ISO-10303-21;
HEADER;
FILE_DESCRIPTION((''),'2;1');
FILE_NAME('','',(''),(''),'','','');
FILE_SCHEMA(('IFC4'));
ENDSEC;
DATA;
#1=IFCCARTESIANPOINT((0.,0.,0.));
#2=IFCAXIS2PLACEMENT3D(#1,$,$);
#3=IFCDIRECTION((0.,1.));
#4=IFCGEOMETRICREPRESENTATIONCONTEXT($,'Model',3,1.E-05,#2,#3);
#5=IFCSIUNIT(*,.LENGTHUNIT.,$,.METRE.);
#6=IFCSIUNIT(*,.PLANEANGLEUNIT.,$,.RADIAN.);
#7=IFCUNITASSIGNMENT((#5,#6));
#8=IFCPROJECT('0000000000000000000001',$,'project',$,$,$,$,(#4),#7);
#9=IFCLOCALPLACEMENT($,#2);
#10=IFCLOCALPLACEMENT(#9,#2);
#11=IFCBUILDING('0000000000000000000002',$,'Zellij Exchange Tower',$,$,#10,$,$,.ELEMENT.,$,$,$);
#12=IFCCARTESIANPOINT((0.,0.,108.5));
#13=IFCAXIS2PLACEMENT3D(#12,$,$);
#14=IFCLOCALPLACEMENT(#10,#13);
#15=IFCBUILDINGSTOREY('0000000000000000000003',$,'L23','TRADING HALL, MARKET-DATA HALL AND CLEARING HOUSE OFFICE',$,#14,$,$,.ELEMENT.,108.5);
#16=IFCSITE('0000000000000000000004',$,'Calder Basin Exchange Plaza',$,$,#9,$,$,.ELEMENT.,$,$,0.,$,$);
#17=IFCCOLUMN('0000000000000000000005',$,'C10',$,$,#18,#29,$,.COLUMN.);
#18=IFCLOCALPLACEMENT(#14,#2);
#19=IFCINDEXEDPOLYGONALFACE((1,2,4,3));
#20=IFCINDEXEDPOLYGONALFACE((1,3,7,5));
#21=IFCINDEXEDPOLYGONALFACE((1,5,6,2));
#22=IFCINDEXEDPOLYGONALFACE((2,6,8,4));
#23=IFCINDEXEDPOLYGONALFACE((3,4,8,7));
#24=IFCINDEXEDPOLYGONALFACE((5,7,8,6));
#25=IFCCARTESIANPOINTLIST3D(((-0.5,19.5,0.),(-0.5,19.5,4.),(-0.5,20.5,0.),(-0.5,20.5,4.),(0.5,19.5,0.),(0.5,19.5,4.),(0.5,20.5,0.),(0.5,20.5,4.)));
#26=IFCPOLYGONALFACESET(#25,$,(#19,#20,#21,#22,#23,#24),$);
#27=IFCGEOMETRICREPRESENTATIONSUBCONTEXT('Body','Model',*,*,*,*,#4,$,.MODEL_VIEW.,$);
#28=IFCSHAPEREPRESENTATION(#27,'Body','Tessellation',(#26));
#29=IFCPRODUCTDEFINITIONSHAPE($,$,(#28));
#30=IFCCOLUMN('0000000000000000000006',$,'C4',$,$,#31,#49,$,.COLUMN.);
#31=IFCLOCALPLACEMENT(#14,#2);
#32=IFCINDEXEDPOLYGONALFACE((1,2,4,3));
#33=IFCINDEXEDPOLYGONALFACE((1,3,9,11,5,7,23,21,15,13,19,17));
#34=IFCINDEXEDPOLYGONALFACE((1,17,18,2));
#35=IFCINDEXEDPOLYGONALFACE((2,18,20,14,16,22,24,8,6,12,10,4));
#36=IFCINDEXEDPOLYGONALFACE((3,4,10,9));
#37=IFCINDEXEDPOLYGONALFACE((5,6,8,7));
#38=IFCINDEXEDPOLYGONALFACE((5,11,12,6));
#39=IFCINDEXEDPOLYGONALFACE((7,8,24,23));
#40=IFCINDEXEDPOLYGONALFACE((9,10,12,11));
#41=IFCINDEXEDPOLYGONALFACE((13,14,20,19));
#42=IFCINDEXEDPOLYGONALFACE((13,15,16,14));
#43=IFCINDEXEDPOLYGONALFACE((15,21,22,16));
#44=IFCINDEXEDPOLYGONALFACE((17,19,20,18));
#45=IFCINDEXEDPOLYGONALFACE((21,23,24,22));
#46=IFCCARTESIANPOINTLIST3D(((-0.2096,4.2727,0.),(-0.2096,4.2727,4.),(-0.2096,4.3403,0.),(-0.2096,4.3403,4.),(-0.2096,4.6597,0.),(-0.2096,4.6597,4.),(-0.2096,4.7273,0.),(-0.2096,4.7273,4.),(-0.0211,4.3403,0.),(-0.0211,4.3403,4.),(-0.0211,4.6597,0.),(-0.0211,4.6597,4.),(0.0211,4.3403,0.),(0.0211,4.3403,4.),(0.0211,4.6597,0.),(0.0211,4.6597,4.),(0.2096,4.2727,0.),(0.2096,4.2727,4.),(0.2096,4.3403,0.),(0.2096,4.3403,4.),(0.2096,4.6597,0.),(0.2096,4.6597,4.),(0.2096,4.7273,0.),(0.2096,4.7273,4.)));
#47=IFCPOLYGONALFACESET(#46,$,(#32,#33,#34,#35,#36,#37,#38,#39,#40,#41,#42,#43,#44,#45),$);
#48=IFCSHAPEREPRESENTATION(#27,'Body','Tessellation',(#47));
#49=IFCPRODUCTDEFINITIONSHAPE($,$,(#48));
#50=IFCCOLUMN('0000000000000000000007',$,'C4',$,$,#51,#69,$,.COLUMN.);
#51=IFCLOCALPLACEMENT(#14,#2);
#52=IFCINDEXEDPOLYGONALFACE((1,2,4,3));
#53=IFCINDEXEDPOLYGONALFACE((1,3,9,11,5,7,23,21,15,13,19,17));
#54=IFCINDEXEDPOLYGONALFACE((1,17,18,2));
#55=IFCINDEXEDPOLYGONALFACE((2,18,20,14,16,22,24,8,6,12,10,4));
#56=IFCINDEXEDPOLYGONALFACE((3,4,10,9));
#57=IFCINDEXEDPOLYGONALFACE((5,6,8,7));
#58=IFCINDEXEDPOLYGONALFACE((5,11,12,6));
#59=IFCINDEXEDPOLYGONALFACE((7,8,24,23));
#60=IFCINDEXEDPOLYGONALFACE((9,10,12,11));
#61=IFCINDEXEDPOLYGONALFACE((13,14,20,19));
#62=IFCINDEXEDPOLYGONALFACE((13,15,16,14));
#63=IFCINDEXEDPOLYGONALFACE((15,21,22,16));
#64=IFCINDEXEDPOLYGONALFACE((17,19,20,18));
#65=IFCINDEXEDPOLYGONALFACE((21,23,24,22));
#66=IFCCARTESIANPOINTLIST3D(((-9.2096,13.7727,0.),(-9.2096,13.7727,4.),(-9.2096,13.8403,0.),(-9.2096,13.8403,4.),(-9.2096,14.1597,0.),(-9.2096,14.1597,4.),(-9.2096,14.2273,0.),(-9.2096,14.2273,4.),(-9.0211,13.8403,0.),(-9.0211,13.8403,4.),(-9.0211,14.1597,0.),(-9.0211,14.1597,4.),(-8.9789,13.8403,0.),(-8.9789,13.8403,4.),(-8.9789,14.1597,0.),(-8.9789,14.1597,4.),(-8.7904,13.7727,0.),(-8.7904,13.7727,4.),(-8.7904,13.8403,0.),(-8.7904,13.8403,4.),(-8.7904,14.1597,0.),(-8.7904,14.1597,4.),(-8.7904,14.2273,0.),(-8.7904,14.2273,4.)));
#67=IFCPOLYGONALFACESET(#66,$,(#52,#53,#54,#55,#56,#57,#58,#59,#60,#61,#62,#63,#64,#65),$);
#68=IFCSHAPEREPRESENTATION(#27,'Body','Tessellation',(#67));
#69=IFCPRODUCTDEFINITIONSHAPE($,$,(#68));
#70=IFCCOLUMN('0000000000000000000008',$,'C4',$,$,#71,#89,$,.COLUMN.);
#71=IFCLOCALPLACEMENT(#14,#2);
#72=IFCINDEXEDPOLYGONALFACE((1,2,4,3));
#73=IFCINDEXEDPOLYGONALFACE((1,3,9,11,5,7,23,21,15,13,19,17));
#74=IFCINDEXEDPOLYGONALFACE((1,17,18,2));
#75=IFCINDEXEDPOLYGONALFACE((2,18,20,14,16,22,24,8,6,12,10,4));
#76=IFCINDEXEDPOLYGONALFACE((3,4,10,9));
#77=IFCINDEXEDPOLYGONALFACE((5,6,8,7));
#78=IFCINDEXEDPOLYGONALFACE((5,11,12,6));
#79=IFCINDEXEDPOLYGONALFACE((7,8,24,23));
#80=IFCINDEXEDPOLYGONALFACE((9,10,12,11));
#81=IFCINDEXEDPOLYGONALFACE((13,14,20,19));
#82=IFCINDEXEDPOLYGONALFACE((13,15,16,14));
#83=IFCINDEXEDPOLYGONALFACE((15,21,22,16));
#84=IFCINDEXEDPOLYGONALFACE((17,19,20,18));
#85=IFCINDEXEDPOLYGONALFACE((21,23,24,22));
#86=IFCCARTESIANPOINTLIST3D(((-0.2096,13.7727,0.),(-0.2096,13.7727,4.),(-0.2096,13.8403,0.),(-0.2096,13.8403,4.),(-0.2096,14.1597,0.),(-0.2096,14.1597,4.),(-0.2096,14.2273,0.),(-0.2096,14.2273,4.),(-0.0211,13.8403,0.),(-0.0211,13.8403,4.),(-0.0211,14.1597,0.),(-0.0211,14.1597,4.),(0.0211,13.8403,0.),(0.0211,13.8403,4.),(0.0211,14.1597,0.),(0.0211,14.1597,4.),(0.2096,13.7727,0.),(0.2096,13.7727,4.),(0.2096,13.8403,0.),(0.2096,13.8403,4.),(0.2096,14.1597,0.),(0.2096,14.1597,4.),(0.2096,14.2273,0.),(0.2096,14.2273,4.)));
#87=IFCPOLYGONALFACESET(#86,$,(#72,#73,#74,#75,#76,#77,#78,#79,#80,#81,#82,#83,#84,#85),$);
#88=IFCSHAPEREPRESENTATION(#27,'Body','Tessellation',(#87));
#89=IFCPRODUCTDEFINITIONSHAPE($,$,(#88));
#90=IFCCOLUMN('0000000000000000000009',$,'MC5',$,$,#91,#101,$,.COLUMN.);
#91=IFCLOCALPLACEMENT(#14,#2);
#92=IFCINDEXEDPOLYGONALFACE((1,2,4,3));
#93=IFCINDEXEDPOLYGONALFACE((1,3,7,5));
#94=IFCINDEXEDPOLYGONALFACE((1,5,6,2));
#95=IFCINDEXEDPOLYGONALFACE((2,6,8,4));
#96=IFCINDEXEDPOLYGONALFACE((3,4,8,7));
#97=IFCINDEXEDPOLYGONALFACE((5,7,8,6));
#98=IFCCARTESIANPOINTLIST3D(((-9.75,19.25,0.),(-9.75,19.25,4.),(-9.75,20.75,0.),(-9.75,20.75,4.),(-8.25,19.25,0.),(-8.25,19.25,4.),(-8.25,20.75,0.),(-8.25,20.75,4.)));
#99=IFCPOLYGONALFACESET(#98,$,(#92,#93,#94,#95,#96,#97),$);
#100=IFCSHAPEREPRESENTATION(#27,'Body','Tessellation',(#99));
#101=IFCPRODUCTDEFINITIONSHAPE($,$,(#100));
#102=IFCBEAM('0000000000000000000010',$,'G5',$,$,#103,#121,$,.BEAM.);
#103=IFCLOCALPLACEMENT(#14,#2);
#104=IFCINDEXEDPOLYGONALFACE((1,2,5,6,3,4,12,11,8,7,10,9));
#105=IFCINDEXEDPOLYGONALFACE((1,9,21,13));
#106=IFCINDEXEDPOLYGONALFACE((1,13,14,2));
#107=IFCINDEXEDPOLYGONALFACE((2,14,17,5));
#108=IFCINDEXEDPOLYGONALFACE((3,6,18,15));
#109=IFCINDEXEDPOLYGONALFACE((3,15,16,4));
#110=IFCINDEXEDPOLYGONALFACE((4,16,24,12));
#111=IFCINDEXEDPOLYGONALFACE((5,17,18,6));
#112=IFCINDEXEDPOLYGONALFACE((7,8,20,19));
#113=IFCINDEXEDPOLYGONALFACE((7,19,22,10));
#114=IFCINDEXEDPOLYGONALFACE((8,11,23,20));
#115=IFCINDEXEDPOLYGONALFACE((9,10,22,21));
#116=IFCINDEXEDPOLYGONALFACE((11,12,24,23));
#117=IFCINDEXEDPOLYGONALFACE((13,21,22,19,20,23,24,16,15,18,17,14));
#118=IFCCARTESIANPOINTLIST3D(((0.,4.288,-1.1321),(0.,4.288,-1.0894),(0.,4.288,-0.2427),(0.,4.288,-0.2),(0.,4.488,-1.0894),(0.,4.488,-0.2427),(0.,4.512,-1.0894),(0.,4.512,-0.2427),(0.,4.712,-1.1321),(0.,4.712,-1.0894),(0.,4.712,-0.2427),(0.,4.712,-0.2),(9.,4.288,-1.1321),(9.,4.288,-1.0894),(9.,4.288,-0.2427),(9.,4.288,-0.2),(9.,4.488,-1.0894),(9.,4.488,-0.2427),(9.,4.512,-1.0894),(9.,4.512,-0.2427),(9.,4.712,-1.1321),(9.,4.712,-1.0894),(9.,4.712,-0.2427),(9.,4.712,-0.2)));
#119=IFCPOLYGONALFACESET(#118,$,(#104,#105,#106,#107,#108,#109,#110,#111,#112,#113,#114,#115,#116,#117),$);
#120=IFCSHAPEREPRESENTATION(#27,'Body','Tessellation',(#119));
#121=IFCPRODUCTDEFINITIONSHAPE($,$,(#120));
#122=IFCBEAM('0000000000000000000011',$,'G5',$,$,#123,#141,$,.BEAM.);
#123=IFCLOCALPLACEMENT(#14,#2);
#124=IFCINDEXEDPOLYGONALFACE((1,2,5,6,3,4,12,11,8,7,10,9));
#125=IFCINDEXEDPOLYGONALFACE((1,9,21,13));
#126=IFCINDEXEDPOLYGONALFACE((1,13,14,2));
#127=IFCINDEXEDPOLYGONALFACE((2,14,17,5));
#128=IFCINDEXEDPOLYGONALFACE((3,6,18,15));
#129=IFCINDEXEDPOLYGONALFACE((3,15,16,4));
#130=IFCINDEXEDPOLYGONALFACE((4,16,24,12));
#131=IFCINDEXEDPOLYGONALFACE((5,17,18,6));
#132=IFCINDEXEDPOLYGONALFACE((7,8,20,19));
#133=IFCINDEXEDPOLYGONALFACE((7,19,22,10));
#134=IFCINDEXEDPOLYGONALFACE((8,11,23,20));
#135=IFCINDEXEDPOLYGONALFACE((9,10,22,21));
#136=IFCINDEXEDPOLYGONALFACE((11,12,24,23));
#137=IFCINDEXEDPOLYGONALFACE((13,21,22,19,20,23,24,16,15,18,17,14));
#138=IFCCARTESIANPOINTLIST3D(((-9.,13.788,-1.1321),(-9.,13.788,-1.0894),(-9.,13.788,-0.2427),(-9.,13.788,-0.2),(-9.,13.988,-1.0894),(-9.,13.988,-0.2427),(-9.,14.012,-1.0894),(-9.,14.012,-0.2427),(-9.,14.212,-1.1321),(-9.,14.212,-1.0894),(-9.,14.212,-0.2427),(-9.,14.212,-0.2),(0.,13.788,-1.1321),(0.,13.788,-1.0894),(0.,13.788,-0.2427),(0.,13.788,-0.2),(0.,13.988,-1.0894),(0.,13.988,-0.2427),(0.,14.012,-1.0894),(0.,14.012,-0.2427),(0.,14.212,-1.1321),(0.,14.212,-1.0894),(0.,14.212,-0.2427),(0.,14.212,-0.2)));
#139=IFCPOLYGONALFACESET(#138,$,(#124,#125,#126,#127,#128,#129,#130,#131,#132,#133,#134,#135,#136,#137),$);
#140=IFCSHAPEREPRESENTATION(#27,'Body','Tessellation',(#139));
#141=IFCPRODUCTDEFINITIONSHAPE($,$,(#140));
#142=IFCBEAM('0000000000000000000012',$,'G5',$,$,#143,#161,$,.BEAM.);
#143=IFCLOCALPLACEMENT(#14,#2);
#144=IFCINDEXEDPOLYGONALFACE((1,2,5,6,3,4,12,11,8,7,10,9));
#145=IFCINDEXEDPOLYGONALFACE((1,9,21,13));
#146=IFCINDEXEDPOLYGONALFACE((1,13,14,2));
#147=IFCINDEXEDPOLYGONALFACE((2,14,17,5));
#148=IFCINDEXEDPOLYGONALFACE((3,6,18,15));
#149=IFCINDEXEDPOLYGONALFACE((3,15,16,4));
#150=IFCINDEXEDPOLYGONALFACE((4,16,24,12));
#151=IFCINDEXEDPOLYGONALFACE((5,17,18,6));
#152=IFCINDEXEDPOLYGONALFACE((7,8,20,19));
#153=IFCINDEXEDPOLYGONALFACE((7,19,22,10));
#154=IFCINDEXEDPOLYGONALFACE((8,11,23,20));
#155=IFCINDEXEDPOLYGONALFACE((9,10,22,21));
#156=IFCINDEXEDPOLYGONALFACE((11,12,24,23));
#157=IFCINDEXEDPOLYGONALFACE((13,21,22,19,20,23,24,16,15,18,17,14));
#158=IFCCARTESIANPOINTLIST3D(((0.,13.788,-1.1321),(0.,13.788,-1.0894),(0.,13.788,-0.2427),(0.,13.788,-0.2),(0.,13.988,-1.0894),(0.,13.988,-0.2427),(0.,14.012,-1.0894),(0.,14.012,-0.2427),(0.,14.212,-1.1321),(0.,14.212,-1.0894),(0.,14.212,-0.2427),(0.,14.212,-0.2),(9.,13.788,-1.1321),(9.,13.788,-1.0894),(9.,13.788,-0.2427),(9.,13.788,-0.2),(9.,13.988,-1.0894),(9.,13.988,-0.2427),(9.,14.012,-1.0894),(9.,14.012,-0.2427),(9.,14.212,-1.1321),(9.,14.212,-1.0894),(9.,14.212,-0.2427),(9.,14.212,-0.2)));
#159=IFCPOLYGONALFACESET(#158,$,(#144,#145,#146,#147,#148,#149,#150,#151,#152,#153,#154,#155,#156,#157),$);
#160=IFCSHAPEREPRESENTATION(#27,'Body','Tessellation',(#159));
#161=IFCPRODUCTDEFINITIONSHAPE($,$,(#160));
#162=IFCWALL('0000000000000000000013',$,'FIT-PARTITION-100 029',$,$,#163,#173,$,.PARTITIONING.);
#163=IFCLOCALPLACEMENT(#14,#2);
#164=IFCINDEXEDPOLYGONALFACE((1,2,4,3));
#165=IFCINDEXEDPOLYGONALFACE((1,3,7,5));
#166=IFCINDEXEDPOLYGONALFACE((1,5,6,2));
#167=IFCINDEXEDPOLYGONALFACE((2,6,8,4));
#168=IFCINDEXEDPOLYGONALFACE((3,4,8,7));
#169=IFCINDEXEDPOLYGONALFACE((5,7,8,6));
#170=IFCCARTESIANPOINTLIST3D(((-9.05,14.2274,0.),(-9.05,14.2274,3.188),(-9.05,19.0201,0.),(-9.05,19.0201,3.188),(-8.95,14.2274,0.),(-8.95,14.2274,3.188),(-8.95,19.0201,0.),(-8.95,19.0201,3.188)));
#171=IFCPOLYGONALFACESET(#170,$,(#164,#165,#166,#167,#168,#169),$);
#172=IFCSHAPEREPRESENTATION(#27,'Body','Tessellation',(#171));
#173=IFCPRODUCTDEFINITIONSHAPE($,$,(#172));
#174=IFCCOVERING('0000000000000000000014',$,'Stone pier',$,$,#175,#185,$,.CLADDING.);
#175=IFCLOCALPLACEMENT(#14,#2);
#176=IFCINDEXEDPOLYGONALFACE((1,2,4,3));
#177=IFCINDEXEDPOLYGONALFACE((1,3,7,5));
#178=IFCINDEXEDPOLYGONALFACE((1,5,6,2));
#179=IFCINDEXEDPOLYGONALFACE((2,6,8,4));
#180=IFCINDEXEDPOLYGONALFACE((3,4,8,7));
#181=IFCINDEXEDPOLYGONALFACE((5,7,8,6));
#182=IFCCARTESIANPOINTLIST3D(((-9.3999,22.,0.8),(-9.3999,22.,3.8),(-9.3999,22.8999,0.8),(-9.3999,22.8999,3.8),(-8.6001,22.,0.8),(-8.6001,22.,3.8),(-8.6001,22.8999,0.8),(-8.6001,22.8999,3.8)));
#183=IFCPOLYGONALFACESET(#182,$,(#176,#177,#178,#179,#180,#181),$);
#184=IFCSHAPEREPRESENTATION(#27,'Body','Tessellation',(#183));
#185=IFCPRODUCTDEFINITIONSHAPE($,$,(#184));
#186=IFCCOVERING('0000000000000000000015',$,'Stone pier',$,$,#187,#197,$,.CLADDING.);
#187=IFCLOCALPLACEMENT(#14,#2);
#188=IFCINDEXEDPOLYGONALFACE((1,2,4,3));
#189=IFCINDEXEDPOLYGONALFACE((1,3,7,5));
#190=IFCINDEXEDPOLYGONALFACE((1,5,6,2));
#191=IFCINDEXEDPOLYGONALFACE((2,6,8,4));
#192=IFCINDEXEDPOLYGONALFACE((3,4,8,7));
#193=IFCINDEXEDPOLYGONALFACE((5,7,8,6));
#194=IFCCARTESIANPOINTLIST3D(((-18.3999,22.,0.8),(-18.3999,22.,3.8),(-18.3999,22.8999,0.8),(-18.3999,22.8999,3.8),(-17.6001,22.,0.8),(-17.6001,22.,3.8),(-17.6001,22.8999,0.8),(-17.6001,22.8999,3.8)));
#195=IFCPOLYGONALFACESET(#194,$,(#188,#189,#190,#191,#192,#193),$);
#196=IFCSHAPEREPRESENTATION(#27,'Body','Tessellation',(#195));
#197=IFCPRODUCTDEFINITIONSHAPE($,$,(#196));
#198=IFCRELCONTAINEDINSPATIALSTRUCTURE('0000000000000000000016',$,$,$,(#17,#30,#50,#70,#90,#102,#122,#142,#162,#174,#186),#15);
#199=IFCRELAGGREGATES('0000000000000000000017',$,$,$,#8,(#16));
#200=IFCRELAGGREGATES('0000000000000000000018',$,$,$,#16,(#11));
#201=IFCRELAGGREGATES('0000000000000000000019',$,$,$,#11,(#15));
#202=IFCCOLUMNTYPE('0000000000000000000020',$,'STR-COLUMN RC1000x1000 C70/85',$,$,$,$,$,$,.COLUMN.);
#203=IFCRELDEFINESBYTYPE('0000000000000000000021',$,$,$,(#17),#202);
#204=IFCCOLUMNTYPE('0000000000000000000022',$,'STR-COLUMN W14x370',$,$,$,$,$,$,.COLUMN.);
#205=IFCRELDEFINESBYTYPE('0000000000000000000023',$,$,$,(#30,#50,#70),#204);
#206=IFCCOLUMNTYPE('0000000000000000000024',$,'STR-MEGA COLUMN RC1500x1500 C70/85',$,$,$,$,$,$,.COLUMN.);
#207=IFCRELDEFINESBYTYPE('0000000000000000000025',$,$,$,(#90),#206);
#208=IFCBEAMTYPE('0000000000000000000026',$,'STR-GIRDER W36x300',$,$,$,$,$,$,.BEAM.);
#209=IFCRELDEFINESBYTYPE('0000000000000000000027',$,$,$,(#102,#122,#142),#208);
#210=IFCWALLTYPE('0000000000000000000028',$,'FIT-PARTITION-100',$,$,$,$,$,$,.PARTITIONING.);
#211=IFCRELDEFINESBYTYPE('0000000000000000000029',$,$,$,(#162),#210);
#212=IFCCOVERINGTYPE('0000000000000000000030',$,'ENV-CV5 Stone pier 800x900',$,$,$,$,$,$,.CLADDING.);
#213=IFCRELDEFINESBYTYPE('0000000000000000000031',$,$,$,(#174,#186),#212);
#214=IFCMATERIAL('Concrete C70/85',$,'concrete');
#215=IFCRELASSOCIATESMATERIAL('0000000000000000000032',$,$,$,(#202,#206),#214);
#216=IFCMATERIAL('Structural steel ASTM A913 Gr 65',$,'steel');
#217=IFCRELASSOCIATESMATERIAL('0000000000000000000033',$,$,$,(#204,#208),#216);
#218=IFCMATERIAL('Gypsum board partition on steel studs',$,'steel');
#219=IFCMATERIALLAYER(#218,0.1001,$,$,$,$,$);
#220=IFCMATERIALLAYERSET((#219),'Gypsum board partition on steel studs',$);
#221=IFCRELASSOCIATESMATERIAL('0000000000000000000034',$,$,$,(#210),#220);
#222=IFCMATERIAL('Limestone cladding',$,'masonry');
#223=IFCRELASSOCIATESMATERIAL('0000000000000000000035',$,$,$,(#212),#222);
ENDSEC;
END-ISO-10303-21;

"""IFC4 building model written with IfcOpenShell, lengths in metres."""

from ifc_helpers import new_model, si_unit, direction, frame, frame_2d, origin, origin_2d, place, context, subcontext, project, spatial, polyline, rectangle, i_section, outline, extrude, material, layer, layer_set, material_profile, profile_set, type_object, element, save


model = new_model("IFC4")

# Units and contexts
model_context = context("Model", 3, precision=1e-05, world=origin(), true_north=direction((0.0, 1.0)))
body_context = subcontext(model_context, "Body", "Model", "MODEL_VIEW")
ifc_project = project(units=[si_unit("LENGTHUNIT", "METRE"), si_unit("PLANEANGLEUNIT", "RADIAN")], contexts=[model_context])

# Site, building, storey
site_placement = place(None, origin())
site = spatial("IfcSite", under=ifc_project, at=site_placement, Name="Calder Basin Exchange Plaza", CompositionType="ELEMENT", RefElevation=0.0)
building_placement = place(site_placement, origin())
building = spatial("IfcBuilding", under=site, at=building_placement, Name="Zellij Exchange Tower", CompositionType="ELEMENT")
storey_placement = place(building_placement, frame((0.0, 0.0, 108.5)))
storey = spatial("IfcBuildingStorey", under=building, at=storey_placement, Name="L23", Description="TRADING HALL, MARKET-DATA HALL AND CLEARING HOUSE OFFICE", CompositionType="ELEMENT", Elevation=108.5)

# Columns
ifc_material_1 = material(Name="Concrete C70/85", Category="concrete")
ifc_material_profile_1 = material_profile(ifc_material_1, rectangle(XDim=1.0, YDim=1.0, at=origin_2d()), Name="STR-COLUMN RC1000x1000 C70/85")
ifc_profile_set_1 = profile_set([ifc_material_profile_1], Name="Concrete C70/85")
column_type_1 = type_object("IfcColumnType", Name="STR-COLUMN RC1000x1000 C70/85", PredefinedType="COLUMN", material=ifc_profile_set_1)
column_1_placement = place(storey_placement, frame((0.0, 20.0, 0.0), z_axis=(0.0, 0.0, 1.0), x_axis=(1.0, 0.0, 0.0)))
element("IfcColumn", 1, at=column_1_placement, inside=storey, type_object=column_type_1, Name="C10", PredefinedType="COLUMN", context=body_context, shape_type="SweptSolid", body=[
    extrude(rectangle(XDim=1.0, YDim=1.0, at=origin_2d()), origin(), (0.0, 0.0, 1.0), 4.0),
])
ifc_material_2 = material(Name="Structural steel ASTM A913 Gr 65", Category="steel")
ifc_material_profile_2 = material_profile(ifc_material_2, i_section(OverallWidth=0.4192, OverallDepth=0.4546, WebThickness=0.0422, FlangeThickness=0.0676, at=origin_2d()), Name="W14x370")
ifc_profile_set_2 = profile_set([ifc_material_profile_2], Name="Structural steel ASTM A913 Gr 65")
column_type_2 = type_object("IfcColumnType", Name="STR-COLUMN W14x370", PredefinedType="COLUMN", material=ifc_profile_set_2)
for number, where, z_axis, x_axis, name in (
    (2, (0.0, 4.5, 0.0), (0.0, 0.0, 1.0), (1.0, 0.0, 0.0), "C4"),
    (3, (-9.0, 14.0, 0.0), (0.0, 0.0, 1.0), (1.0, 0.0, 0.0), "C4"),
    (4, (0.0, 14.0, 0.0), (0.0, 0.0, 1.0), (1.0, 0.0, 0.0), "C4"),
):
    element("IfcColumn", number, at=place(storey_placement, frame(where, z_axis=z_axis, x_axis=x_axis)), inside=storey, type_object=column_type_2, Name=name, PredefinedType="COLUMN", context=body_context, shape_type="SweptSolid", body=[
        extrude(i_section(OverallWidth=0.4192, OverallDepth=0.4546, WebThickness=0.0422, FlangeThickness=0.0676, at=origin_2d()), origin(), (0.0, 0.0, 1.0), 4.0),
    ])
ifc_material_profile_3 = material_profile(ifc_material_1, rectangle(XDim=1.5, YDim=1.5, at=origin_2d()), Name="STR-MEGA COLUMN RC1500x1500 C70/85")
ifc_profile_set_3 = profile_set([ifc_material_profile_3], Name="Concrete C70/85")
column_type_3 = type_object("IfcColumnType", Name="STR-MEGA COLUMN RC1500x1500 C70/85", PredefinedType="COLUMN", material=ifc_profile_set_3)
column_2_placement = place(storey_placement, frame((-9.0, 20.0, 0.0), z_axis=(0.0, 0.0, 1.0), x_axis=(1.0, 0.0, 0.0)))
element("IfcColumn", 5, at=column_2_placement, inside=storey, type_object=column_type_3, Name="MC5", PredefinedType="COLUMN", context=body_context, shape_type="SweptSolid", body=[
    extrude(rectangle(XDim=1.5, YDim=1.5, at=origin_2d()), origin(), (0.0, 0.0, 1.0), 4.0),
])

# Beams
ifc_material_profile_4 = material_profile(ifc_material_2, i_section(OverallWidth=0.4241, OverallDepth=0.9321, WebThickness=0.0239, FlangeThickness=0.0427, at=origin_2d()), Name="W36x300")
ifc_profile_set_4 = profile_set([ifc_material_profile_4], Name="Structural steel ASTM A913 Gr 65")
beam_type = type_object("IfcBeamType", Name="STR-GIRDER W36x300", PredefinedType="BEAM", material=ifc_profile_set_4)
for number, where, z_axis, x_axis, name in (
    (6, (0.0, 4.5, -0.666), (1.0, 0.0, 0.0), (0.0, 1.0, 0.0), "G5"),
    (7, (-9.0, 14.0, -0.666), (1.0, 0.0, 0.0), (0.0, 1.0, 0.0), "G5"),
    (8, (0.0, 14.0, -0.666), (1.0, 0.0, 0.0), (0.0, 1.0, 0.0), "G5"),
):
    element("IfcBeam", number, at=place(storey_placement, frame(where, z_axis=z_axis, x_axis=x_axis)), inside=storey, type_object=beam_type, Name=name, PredefinedType="BEAM", context=body_context, shape_type="SweptSolid", body=[
        extrude(i_section(OverallWidth=0.4241, OverallDepth=0.9321, WebThickness=0.0239, FlangeThickness=0.0427, at=origin_2d()), origin(), (0.0, 0.0, 1.0), 9.0),
    ])

# Shared definitions
ifc_material_3 = material(Name="Gypsum board partition on steel studs", Category="steel")
ifc_layer_1 = layer(ifc_material_3, 0.1001)
ifc_layer_set_1 = layer_set([ifc_layer_1], Name="Gypsum board partition on steel studs")
wall_type = type_object("IfcWallType", Name="FIT-PARTITION-100", PredefinedType="PARTITIONING", material=ifc_layer_set_1)

# Wall
wall_1_placement = place(storey_placement, frame((-9.0, 14.2273, 0.0), z_axis=(0.0, 0.0, 1.0), x_axis=(0.0, 1.0, 0.0)))
element("IfcWall", 9, at=wall_1_placement, inside=storey, type_object=wall_type, Name="FIT-PARTITION-100 029", PredefinedType="PARTITIONING", context=body_context, shape_type="SweptSolid", body=[
    extrude(rectangle(XDim=4.7927, YDim=0.1001, at=frame_2d((2.3965, 0.0))), origin(), (0.0, 0.0, 1.0), 3.188),
])

# Coverings
ifc_material_4 = material(Name="Limestone cladding", Category="masonry")
covering_type_1 = type_object("IfcCoveringType", Name="ENV-CV5 Stone pier 800x900", PredefinedType="CLADDING", material=ifc_material_4)
covering_1_placement = place(storey_placement, frame((0.0, 0.0, 0.8)))
element("IfcCovering", 10, at=covering_1_placement, inside=storey, type_object=covering_type_1, Name="Stone pier", PredefinedType="CLADDING", context=body_context, shape_type="SweptSolid", body=[
    extrude(outline(polyline([(-8.6001, 22.0), (-9.3999, 22.0), (-9.3999, 22.8999), (-8.6001, 22.8999), (-8.6001, 22.0)])), origin(), (0.0, 0.0, 1.0), 3.0),
])
covering_2_placement = place(storey_placement, frame((0.0, 0.0, 0.8)))
element("IfcCovering", 11, at=covering_2_placement, inside=storey, type_object=covering_type_1, Name="Stone pier", PredefinedType="CLADDING", context=body_context, shape_type="SweptSolid", body=[
    extrude(outline(polyline([(-17.6001, 22.0), (-18.3999, 22.0), (-18.3999, 22.8999), (-17.6001, 22.8999), (-17.6001, 22.0)])), origin(), (0.0, 0.0, 1.0), 3.0),
])

save(model, "model.ifc")
